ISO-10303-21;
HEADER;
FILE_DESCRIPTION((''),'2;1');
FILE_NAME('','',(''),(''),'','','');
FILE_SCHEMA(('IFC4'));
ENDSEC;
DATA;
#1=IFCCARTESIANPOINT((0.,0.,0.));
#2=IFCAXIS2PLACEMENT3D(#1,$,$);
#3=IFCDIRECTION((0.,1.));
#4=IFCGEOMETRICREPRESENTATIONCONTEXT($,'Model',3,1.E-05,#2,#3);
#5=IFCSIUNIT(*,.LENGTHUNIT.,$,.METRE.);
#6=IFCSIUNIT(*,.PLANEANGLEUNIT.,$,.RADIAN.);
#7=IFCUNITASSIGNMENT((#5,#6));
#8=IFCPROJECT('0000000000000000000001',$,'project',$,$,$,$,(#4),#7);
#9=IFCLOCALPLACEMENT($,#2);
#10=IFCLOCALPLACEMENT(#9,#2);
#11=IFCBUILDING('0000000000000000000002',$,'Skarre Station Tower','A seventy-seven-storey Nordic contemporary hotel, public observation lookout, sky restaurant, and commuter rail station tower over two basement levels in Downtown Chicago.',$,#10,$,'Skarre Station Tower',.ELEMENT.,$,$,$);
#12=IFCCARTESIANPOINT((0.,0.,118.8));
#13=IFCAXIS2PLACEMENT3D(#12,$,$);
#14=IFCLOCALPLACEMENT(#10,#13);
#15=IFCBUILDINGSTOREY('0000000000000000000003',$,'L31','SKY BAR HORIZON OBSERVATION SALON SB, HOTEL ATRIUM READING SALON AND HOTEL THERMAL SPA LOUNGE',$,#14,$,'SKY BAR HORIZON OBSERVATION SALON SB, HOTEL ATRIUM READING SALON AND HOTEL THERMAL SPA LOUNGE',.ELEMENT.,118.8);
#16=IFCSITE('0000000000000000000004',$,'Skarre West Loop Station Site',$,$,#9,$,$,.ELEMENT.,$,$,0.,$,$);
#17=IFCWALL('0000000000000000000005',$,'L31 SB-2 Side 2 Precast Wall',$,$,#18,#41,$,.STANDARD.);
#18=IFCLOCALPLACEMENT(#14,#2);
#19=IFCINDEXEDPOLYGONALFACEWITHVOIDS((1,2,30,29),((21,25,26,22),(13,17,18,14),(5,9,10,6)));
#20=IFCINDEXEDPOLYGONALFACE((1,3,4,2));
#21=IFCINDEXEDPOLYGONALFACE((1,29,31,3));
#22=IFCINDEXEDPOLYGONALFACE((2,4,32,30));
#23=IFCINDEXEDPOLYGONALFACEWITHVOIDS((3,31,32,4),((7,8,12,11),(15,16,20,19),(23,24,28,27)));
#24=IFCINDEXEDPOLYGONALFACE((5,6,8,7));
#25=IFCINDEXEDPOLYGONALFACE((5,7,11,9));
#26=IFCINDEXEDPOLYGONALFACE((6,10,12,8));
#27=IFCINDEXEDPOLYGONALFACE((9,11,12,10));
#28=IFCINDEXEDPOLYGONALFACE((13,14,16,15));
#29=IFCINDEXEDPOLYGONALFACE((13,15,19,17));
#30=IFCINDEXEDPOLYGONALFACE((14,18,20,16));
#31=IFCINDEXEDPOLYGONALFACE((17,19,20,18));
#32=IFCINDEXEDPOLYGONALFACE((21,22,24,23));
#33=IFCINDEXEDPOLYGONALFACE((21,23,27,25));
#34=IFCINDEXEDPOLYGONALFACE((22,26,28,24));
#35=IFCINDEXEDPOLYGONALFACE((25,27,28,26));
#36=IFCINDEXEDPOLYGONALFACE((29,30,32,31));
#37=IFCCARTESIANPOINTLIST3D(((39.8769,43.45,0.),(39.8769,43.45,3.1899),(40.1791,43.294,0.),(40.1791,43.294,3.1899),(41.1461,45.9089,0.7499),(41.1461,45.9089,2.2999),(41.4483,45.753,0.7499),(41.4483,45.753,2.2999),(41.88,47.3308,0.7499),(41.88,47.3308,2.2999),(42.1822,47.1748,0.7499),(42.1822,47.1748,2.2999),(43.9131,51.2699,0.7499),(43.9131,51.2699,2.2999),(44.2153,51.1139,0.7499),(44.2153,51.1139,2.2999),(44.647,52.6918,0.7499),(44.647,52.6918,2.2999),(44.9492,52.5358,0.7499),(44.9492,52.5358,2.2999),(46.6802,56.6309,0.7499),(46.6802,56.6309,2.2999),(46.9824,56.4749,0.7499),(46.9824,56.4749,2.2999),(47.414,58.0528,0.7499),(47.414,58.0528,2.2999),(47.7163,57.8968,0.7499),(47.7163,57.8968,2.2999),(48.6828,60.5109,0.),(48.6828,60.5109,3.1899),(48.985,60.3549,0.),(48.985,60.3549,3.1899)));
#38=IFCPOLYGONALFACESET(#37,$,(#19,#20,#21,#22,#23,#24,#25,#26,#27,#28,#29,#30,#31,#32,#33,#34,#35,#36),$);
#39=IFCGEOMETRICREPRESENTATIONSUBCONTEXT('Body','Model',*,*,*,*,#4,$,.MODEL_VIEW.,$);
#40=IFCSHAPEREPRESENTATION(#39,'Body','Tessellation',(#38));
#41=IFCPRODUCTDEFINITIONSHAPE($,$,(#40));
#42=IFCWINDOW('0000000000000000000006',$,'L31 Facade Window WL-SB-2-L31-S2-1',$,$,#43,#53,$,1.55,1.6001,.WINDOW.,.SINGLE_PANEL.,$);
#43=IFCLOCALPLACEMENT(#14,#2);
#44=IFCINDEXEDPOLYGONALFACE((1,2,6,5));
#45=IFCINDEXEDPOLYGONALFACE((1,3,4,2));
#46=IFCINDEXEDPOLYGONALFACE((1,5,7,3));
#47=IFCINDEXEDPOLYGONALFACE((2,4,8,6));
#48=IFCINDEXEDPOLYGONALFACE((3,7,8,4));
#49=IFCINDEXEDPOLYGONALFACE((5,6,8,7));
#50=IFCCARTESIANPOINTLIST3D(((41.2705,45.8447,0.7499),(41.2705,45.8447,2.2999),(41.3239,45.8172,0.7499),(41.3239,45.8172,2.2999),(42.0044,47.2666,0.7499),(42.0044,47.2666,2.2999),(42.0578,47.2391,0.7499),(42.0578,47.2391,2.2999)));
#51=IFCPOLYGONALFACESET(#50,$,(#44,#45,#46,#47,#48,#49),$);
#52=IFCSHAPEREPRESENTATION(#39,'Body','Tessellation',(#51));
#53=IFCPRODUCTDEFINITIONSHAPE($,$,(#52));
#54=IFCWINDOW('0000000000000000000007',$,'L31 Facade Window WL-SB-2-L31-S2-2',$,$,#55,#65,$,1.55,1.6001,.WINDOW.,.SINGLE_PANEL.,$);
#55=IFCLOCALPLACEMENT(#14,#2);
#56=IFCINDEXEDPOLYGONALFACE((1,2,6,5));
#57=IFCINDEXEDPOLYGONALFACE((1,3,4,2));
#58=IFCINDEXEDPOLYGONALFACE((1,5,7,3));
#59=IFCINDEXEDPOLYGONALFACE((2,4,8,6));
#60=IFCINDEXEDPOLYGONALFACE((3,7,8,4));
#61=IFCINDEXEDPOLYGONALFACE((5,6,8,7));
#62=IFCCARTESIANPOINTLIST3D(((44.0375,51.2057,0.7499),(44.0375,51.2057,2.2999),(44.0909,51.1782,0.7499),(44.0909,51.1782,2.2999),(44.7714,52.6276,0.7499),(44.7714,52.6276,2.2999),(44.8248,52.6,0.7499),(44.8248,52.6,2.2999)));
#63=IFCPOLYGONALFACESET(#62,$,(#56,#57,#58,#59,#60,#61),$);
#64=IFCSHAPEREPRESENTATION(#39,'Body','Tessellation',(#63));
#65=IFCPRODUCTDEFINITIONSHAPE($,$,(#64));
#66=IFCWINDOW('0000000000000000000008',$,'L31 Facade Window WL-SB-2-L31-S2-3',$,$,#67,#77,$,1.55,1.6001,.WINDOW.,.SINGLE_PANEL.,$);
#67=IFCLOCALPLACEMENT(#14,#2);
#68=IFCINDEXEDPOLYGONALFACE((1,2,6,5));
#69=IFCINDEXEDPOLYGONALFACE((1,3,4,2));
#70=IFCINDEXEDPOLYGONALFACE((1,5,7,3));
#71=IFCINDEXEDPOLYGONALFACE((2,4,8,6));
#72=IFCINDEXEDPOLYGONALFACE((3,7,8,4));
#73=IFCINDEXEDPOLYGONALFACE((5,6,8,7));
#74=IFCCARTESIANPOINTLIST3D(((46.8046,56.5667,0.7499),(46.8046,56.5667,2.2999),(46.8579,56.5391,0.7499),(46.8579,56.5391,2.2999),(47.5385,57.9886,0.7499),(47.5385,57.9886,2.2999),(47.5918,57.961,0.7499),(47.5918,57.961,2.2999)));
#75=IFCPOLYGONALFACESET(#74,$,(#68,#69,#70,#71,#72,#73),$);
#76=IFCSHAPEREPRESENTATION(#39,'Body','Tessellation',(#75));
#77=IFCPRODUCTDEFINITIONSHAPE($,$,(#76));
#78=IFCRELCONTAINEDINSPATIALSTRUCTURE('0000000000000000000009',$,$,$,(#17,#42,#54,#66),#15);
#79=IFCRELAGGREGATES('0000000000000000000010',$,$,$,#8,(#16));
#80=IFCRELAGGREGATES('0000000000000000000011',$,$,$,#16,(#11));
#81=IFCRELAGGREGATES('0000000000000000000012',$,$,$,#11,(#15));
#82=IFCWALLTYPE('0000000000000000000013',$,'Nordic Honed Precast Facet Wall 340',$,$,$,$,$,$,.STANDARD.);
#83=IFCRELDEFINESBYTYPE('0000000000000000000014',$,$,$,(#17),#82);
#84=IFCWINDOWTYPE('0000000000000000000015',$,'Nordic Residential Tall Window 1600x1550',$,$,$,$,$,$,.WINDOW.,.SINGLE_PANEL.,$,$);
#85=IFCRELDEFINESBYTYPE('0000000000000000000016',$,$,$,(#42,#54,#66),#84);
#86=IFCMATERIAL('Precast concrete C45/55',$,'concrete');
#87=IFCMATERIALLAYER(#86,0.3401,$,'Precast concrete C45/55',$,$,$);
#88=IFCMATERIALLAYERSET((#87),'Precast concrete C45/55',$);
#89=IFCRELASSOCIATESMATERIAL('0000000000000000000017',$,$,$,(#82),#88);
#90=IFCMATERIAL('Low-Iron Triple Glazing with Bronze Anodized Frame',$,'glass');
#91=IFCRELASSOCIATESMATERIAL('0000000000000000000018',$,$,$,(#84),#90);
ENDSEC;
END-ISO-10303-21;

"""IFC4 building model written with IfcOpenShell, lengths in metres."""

from ifc_helpers import new_model, si_unit, direction, frame, frame_2d, origin, place, context, subcontext, project, spatial, rectangle, extrude, material, layer, layer_set, type_object, element, fill, save


model = new_model("IFC4")

# Units and contexts
model_context = context("Model", 3, precision=1e-05, world=origin(), true_north=direction((0.0, 1.0)))
body_context = subcontext(model_context, "Body", "Model", "MODEL_VIEW")
ifc_project = project(units=[si_unit("LENGTHUNIT", "METRE"), si_unit("PLANEANGLEUNIT", "RADIAN")], contexts=[model_context])

# Site, building, storey
site_placement = place(None, origin())
site = spatial("IfcSite", under=ifc_project, at=site_placement, Name="Skarre West Loop Station Site", CompositionType="ELEMENT", RefElevation=0.0)
building_placement = place(site_placement, origin())
building = spatial("IfcBuilding", under=site, at=building_placement, Name="Skarre Station Tower", Description="A seventy-seven-storey Nordic contemporary hotel, public observation lookout, sky restaurant, and commuter rail station tower over two basement levels in Downtown Chicago.", LongName="Skarre Station Tower", CompositionType="ELEMENT")
storey_placement = place(building_placement, frame((0.0, 0.0, 118.8)))
storey = spatial("IfcBuildingStorey", under=building, at=storey_placement, Name="L31", Description="SKY BAR HORIZON OBSERVATION SALON SB, HOTEL ATRIUM READING SALON AND HOTEL THERMAL SPA LOUNGE", LongName="SKY BAR HORIZON OBSERVATION SALON SB, HOTEL ATRIUM READING SALON AND HOTEL THERMAL SPA LOUNGE", CompositionType="ELEMENT", Elevation=118.8)

# Wall, openings, windows
ifc_material_1 = material(Name="Precast concrete C45/55", Category="concrete")
ifc_layer = layer(ifc_material_1, 0.3401, Name="Precast concrete C45/55")
ifc_layer_set = layer_set([ifc_layer], Name="Precast concrete C45/55")
wall_type = type_object("IfcWallType", Name="Nordic Honed Precast Facet Wall 340", PredefinedType="STANDARD", material=ifc_layer_set)
wall_placement = place(storey_placement, frame((40.0281, 43.3721, 0.0), z_axis=(0.0, 0.0, 1.0), x_axis=(0.458652, 0.888616, 0.0)))
wall = element("IfcWall", 1, at=wall_placement, inside=storey, type_object=wall_type, Name="L31 SB-2 Side 2 Precast Wall", PredefinedType="STANDARD", context=body_context, shape_type="SweptSolid", body=[
    extrude(rectangle(XDim=19.1995, YDim=0.3401, at=frame_2d((9.5996, 0.0))), origin(), (0.0, 0.0, 1.0), 3.1899),
])
opening_1_placement = place(wall_placement, frame((2.7671, 0.0, 0.75)))
opening_1 = element("IfcOpeningElement", 2, at=opening_1_placement, cuts=wall, PredefinedType="OPENING", context=body_context, shape_type="SweptSolid", body=[
    extrude(rectangle(XDim=1.6001, YDim=1.55, at=frame_2d((0.8, 0.7749))), frame((0.0, 0.1799, 0.0), z_axis=(0.0, -1.0, 0.0), x_axis=(1.0, 0.0, 0.0)), (0.0, 0.0, 1.0), 0.3601),
])
opening_2_placement = place(wall_placement, frame((8.8, 0.0, 0.75)))
opening_2 = element("IfcOpeningElement", 3, at=opening_2_placement, cuts=wall, PredefinedType="OPENING", context=body_context, shape_type="SweptSolid", body=[
    extrude(rectangle(XDim=1.6001, YDim=1.55, at=frame_2d((0.8, 0.7749))), frame((0.0, 0.1799, 0.0), z_axis=(0.0, -1.0, 0.0), x_axis=(1.0, 0.0, 0.0)), (0.0, 0.0, 1.0), 0.3601),
])
opening_3_placement = place(wall_placement, frame((14.833, 0.0, 0.75)))
opening_3 = element("IfcOpeningElement", 4, at=opening_3_placement, cuts=wall, PredefinedType="OPENING", context=body_context, shape_type="SweptSolid", body=[
    extrude(rectangle(XDim=1.6001, YDim=1.55, at=frame_2d((0.8, 0.7749))), frame((0.0, 0.1799, 0.0), z_axis=(0.0, -1.0, 0.0), x_axis=(1.0, 0.0, 0.0)), (0.0, 0.0, 1.0), 0.3601),
])
ifc_material_2 = material(Name="Low-Iron Triple Glazing with Bronze Anodized Frame", Category="glass")
window_type = type_object("IfcWindowType", Name="Nordic Residential Tall Window 1600x1550", PartitioningType="SINGLE_PANEL", PredefinedType="WINDOW", material=ifc_material_2)
window_1_placement = place(opening_1_placement, origin())
window_1 = element("IfcWindow", 5, at=window_1_placement, inside=storey, type_object=window_type, Name="L31 Facade Window WL-SB-2-L31-S2-1", OverallHeight=1.55, OverallWidth=1.6001, PartitioningType="SINGLE_PANEL", PredefinedType="WINDOW", context=body_context, shape_type="SweptSolid", body=[
    extrude(rectangle(XDim=1.6001, YDim=1.55, at=frame_2d((0.8, 0.7749))), frame((0.0, 0.03, 0.0), z_axis=(0.0, -1.0, 0.0), x_axis=(1.0, 0.0, 0.0)), (0.0, 0.0, 1.0), 0.0601),
])
fill(opening_1, window_1)
window_2_placement = place(opening_2_placement, origin())
window_2 = element("IfcWindow", 6, at=window_2_placement, inside=storey, type_object=window_type, Name="L31 Facade Window WL-SB-2-L31-S2-2", OverallHeight=1.55, OverallWidth=1.6001, PartitioningType="SINGLE_PANEL", PredefinedType="WINDOW", context=body_context, shape_type="SweptSolid", body=[
    extrude(rectangle(XDim=1.6001, YDim=1.55, at=frame_2d((0.8, 0.7749))), frame((0.0, 0.03, 0.0), z_axis=(0.0, -1.0, 0.0), x_axis=(1.0, 0.0, 0.0)), (0.0, 0.0, 1.0), 0.0601),
])
fill(opening_2, window_2)
window_3_placement = place(opening_3_placement, origin())
window_3 = element("IfcWindow", 7, at=window_3_placement, inside=storey, type_object=window_type, Name="L31 Facade Window WL-SB-2-L31-S2-3", OverallHeight=1.55, OverallWidth=1.6001, PartitioningType="SINGLE_PANEL", PredefinedType="WINDOW", context=body_context, shape_type="SweptSolid", body=[
    extrude(rectangle(XDim=1.6001, YDim=1.55, at=frame_2d((0.8, 0.7749))), frame((0.0, 0.03, 0.0), z_axis=(0.0, -1.0, 0.0), x_axis=(1.0, 0.0, 0.0)), (0.0, 0.0, 1.0), 0.0601),
])
fill(opening_3, window_3)

save(model, "model.ifc")
